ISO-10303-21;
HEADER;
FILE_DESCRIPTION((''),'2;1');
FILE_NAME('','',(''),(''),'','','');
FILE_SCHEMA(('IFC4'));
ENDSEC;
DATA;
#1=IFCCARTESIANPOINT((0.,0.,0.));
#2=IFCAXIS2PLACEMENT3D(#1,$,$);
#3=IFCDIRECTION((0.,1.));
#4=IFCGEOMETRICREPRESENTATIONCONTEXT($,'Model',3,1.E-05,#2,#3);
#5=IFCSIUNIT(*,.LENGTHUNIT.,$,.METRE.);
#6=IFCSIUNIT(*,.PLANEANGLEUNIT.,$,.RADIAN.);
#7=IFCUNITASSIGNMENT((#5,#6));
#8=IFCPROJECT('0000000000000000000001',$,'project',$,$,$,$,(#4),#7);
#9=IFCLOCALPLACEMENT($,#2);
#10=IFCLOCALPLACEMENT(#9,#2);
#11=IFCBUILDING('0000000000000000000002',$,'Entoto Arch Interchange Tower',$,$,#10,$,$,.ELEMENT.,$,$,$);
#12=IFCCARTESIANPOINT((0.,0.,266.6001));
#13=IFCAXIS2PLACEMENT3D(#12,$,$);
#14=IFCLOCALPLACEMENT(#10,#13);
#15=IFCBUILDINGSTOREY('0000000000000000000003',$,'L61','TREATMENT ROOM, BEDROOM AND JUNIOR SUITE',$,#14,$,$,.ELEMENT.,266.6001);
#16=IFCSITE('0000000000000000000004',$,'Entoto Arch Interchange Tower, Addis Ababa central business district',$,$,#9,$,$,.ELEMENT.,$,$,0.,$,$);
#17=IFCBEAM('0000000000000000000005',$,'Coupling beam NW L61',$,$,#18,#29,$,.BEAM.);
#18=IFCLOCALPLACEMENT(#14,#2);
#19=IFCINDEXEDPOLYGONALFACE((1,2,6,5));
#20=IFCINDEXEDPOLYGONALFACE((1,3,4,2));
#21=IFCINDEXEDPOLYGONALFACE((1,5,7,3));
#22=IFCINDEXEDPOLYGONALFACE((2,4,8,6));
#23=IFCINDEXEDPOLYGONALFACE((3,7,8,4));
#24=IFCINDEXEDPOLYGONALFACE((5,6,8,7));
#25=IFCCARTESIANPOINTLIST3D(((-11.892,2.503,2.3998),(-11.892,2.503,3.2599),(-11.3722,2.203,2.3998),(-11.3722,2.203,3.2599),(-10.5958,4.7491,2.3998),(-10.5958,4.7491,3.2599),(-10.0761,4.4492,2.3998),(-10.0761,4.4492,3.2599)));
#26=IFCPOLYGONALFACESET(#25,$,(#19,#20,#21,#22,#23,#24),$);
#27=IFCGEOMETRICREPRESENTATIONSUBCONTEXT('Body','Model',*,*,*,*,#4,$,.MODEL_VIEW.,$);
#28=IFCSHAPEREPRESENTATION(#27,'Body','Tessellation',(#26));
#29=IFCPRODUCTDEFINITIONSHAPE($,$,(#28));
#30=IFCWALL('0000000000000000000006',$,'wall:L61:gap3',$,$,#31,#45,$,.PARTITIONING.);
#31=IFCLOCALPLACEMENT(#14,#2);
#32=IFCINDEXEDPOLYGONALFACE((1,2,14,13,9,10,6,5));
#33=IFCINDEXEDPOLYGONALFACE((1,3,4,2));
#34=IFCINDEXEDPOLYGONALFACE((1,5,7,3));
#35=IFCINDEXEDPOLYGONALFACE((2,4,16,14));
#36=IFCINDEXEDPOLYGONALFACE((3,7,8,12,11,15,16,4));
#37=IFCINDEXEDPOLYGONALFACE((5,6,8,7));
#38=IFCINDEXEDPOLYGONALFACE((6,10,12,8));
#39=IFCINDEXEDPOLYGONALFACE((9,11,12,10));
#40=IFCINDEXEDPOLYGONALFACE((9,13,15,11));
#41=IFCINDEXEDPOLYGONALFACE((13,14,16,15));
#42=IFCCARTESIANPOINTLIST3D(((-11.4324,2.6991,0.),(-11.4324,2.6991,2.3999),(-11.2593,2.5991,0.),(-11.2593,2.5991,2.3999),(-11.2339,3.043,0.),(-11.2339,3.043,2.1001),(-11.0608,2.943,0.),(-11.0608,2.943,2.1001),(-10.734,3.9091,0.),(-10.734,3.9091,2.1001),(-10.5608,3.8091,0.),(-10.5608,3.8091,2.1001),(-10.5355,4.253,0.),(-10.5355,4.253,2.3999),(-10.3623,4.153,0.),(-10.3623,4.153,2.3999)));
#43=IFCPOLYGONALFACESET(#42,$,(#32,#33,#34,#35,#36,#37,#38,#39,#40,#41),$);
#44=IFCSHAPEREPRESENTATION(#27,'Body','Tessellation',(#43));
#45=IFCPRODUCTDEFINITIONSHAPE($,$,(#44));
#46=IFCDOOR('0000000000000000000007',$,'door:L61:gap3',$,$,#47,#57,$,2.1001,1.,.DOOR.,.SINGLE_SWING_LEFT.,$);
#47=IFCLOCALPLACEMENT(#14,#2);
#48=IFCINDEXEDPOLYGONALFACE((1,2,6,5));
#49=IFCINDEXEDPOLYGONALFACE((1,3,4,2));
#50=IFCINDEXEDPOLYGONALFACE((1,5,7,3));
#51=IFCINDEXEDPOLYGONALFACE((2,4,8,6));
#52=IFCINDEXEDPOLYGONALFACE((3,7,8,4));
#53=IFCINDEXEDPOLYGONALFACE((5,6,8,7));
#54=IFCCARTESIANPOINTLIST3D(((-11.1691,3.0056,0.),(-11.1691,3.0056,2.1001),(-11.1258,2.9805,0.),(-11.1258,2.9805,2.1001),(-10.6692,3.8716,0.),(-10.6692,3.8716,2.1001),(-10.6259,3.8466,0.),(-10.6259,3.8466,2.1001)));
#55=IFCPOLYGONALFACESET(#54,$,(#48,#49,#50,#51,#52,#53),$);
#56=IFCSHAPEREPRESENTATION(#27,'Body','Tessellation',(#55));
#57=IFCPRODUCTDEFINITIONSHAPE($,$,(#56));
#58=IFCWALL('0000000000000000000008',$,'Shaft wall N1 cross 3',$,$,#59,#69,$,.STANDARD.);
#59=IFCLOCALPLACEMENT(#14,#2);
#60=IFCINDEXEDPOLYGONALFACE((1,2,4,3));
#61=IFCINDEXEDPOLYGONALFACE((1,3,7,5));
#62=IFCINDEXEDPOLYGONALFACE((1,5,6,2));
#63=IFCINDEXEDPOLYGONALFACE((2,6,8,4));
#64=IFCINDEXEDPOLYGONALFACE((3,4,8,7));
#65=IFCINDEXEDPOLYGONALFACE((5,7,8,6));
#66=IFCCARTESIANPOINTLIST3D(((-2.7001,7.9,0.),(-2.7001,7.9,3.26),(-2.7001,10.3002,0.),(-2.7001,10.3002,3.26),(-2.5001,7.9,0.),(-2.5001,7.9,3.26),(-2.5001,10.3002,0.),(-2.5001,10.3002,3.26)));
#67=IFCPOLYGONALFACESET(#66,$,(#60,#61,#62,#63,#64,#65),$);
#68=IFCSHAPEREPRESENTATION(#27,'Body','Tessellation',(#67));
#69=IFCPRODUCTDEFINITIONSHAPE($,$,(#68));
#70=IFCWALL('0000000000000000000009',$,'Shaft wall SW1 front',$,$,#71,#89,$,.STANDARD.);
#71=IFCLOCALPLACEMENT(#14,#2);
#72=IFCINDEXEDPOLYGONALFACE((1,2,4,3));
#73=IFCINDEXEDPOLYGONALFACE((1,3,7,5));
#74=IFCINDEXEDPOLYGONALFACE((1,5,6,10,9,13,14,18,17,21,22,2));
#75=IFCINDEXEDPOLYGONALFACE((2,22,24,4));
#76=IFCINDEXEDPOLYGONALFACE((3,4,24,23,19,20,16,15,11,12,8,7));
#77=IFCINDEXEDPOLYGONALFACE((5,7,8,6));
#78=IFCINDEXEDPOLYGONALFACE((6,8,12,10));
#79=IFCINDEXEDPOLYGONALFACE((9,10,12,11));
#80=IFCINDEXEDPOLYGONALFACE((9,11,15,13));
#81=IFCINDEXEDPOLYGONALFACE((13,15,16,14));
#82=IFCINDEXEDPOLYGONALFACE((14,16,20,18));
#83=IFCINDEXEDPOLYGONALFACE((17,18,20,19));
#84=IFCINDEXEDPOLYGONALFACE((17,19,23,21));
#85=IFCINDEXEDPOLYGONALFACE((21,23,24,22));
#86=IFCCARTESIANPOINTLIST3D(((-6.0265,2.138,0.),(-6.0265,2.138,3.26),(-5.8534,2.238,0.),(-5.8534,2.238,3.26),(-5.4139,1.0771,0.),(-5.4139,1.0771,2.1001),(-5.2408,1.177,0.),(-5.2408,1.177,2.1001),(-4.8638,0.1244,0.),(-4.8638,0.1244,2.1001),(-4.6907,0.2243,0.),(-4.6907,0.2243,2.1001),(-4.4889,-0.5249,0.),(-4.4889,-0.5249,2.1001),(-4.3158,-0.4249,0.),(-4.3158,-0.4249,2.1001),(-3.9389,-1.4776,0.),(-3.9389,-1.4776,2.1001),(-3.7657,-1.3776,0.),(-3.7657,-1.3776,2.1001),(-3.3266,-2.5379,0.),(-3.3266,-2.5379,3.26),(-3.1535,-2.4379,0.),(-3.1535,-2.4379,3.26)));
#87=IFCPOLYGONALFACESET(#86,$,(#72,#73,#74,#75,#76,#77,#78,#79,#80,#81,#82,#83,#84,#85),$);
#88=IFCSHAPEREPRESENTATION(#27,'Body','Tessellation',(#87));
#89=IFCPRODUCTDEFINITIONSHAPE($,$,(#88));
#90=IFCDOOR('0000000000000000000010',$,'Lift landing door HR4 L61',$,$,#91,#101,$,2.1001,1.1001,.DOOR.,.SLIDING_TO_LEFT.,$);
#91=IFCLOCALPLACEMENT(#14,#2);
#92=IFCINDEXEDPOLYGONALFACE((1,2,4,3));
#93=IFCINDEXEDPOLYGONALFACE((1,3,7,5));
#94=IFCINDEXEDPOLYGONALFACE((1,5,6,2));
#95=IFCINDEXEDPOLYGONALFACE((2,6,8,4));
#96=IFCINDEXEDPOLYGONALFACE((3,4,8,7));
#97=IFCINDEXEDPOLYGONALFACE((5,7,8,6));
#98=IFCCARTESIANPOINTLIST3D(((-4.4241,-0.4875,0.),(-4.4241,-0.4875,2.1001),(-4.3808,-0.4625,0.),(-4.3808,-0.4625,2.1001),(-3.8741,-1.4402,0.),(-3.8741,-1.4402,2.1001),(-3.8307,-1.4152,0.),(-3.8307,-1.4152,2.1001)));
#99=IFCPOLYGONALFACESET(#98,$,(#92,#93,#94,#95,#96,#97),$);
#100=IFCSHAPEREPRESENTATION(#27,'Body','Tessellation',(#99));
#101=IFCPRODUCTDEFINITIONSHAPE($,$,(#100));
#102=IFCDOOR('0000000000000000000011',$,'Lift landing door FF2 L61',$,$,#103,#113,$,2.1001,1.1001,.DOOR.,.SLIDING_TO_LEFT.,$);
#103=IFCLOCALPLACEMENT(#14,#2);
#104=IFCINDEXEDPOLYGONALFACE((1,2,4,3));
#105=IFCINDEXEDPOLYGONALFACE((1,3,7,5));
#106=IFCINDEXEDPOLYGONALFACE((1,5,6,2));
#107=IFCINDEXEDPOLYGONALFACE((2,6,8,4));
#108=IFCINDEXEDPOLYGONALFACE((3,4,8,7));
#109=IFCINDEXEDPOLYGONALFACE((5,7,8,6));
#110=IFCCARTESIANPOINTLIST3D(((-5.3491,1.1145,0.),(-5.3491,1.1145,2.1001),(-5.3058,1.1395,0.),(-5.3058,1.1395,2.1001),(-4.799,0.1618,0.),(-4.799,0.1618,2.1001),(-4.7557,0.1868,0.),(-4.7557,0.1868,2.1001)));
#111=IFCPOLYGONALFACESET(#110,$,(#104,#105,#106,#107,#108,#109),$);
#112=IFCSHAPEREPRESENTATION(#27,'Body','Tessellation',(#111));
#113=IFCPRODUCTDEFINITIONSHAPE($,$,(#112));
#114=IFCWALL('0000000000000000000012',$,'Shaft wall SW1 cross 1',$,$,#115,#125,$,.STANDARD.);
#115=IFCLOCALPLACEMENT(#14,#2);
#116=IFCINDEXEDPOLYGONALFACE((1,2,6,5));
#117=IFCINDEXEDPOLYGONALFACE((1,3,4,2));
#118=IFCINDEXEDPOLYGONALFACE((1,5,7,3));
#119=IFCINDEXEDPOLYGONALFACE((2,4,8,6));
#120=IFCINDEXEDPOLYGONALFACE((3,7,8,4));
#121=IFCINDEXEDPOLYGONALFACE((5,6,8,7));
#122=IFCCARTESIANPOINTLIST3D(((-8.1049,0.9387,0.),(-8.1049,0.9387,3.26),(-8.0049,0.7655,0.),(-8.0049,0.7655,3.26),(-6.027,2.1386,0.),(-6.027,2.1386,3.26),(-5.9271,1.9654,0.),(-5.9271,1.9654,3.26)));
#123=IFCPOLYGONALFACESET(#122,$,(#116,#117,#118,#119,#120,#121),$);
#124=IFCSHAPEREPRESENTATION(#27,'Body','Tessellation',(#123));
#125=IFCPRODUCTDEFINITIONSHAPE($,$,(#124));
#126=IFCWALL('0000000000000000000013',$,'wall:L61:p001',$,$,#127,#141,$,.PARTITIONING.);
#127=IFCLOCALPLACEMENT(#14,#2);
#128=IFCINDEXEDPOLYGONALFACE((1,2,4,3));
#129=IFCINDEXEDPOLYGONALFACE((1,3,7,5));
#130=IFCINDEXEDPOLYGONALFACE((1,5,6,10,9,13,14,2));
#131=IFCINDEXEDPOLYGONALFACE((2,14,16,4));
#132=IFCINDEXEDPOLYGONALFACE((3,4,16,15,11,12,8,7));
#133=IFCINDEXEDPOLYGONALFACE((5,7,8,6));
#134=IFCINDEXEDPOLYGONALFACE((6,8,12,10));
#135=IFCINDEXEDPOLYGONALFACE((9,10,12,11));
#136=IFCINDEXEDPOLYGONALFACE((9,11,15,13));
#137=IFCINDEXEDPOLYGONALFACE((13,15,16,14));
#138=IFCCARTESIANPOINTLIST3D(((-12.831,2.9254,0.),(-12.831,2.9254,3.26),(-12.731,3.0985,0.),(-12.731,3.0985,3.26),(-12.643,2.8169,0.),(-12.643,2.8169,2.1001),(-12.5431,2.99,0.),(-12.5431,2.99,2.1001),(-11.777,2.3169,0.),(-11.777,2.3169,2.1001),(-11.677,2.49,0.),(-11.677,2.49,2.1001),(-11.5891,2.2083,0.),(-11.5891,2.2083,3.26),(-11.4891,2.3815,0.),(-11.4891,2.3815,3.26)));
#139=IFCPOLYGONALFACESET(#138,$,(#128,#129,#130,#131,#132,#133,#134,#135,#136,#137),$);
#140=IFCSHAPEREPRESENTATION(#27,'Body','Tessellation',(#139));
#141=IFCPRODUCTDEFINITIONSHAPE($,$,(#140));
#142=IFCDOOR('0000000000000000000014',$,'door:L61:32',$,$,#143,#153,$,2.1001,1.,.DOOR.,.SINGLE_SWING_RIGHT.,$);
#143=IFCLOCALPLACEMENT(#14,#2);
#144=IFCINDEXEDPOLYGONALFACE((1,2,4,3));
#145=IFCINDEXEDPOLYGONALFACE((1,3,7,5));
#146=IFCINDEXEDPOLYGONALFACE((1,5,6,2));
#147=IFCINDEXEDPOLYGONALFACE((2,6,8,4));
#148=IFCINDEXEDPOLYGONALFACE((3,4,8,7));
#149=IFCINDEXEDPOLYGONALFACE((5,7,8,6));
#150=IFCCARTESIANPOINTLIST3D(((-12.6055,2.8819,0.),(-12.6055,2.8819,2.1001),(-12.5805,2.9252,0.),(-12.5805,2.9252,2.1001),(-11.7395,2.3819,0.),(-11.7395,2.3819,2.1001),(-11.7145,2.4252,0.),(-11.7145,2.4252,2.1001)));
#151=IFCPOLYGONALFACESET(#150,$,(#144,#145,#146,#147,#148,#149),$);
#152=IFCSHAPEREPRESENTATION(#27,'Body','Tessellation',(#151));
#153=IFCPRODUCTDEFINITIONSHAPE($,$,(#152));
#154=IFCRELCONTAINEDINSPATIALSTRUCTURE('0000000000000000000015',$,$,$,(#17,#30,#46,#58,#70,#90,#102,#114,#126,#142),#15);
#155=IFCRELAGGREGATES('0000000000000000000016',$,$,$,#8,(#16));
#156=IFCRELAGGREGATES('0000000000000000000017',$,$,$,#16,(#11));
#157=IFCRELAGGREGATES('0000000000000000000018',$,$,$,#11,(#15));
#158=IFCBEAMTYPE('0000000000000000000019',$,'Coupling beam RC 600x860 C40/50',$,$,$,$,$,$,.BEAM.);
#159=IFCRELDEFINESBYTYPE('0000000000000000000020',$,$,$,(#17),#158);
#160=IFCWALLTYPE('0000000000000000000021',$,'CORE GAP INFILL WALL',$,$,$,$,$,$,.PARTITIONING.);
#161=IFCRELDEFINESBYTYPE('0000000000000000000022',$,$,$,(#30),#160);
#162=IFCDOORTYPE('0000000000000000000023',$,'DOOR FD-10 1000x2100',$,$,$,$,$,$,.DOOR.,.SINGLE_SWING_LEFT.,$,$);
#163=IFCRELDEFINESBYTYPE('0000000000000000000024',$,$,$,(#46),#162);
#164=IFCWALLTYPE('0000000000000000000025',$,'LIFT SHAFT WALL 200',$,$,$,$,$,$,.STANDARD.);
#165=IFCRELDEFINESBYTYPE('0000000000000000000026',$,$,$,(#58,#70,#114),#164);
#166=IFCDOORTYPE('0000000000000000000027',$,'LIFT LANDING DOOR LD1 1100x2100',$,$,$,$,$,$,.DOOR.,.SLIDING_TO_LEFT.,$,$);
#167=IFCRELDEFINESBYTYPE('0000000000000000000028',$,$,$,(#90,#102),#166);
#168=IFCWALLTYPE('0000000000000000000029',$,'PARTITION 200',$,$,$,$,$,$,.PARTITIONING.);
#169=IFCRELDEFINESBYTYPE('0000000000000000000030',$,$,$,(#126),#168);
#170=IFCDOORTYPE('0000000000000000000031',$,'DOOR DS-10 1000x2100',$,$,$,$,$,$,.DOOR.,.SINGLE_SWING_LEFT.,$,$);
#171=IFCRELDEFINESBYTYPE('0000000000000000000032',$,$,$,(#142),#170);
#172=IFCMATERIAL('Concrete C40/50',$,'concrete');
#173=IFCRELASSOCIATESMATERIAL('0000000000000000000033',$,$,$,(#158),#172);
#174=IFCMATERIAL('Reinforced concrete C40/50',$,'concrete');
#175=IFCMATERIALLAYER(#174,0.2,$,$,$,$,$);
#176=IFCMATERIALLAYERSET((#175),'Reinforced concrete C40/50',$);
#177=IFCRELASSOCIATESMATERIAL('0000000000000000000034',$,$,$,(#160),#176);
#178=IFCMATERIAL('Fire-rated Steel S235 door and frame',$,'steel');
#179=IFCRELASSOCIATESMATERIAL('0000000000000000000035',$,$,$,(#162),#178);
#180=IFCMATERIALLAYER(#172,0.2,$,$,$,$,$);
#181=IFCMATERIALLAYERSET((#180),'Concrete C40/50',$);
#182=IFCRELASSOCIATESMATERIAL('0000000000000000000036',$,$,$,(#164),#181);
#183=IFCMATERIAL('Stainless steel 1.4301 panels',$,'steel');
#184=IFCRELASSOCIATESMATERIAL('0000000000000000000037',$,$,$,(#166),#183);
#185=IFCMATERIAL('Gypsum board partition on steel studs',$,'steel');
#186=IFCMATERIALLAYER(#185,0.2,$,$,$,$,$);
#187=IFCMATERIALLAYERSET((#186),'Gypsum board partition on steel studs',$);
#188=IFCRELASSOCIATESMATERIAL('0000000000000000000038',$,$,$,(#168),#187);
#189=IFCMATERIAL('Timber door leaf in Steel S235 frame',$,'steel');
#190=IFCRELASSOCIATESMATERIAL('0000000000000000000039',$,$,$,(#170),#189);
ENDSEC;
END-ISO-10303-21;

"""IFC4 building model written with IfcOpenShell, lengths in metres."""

from ifc_helpers import new_model, si_unit, direction, frame, frame_2d, origin, origin_2d, place, context, subcontext, project, spatial, rectangle, extrude, material, layer, layer_set, material_profile, profile_set, type_object, element, fill, save


model = new_model("IFC4")

# Units and contexts
model_context = context("Model", 3, precision=1e-05, world=origin(), true_north=direction((0.0, 1.0)))
body_context = subcontext(model_context, "Body", "Model", "MODEL_VIEW")
ifc_project = project(units=[si_unit("LENGTHUNIT", "METRE"), si_unit("PLANEANGLEUNIT", "RADIAN")], contexts=[model_context])

# Site, building, storey
site_placement = place(None, origin())
site = spatial("IfcSite", under=ifc_project, at=site_placement, Name="Entoto Arch Interchange Tower, Addis Ababa central business district", CompositionType="ELEMENT", RefElevation=0.0)
building_placement = place(site_placement, origin())
building = spatial("IfcBuilding", under=site, at=building_placement, Name="Entoto Arch Interchange Tower", CompositionType="ELEMENT")
storey_placement = place(building_placement, frame((0.0, 0.0, 266.6001)))
storey = spatial("IfcBuildingStorey", under=building, at=storey_placement, Name="L61", Description="TREATMENT ROOM, BEDROOM AND JUNIOR SUITE", CompositionType="ELEMENT", Elevation=266.6001)

# Beam
ifc_material_1 = material(Name="Concrete C40/50", Category="concrete")
ifc_material_profile = material_profile(ifc_material_1, rectangle(XDim=0.6001, YDim=0.8601, at=origin_2d()))
ifc_profile_set = profile_set([ifc_material_profile], Name="Concrete C40/50")
beam_type = type_object("IfcBeamType", Name="Coupling beam RC 600x860 C40/50", PredefinedType="BEAM", material=ifc_profile_set)
beam_placement = place(storey_placement, frame((-10.3359, 4.5991, 2.8298), z_axis=(-0.499815, -0.866132, 0.0), x_axis=(0.866132, -0.499815, 0.0)))
element("IfcBeam", 1, at=beam_placement, inside=storey, type_object=beam_type, Name="Coupling beam NW L61", PredefinedType="BEAM", context=body_context, shape_type="SweptSolid", body=[
    extrude(rectangle(XDim=0.6001, YDim=0.8601, at=origin_2d()), origin(), (0.0, 0.0, 1.0), 2.5933),
])

# Wall, opening, door
ifc_material_2 = material(Name="Reinforced concrete C40/50", Category="concrete")
ifc_layer_1 = layer(ifc_material_2, 0.2)
ifc_layer_set_1 = layer_set([ifc_layer_1], Name="Reinforced concrete C40/50")
wall_type_1 = type_object("IfcWallType", Name="CORE GAP INFILL WALL", PredefinedType="PARTITIONING", material=ifc_layer_set_1)
wall_1_placement = place(storey_placement, frame((-10.449, 4.2029, 0.0), z_axis=(0.0, 0.0, 1.0), x_axis=(-0.499915, -0.866075, 0.0)))
wall_1 = element("IfcWall", 2, at=wall_1_placement, inside=storey, type_object=wall_type_1, Name="wall:L61:gap3", PredefinedType="PARTITIONING", context=body_context, shape_type="SweptSolid", body=[
    extrude(rectangle(XDim=1.7942, YDim=0.2, at=frame_2d((0.897, 0.0))), origin(), (0.0, 0.0, 1.0), 2.3999),
])
opening_1_placement = place(wall_1_placement, frame((0.397, 0.0, 0.0)))
opening_1 = element("IfcOpeningElement", 3, at=opening_1_placement, cuts=wall_1, PredefinedType="OPENING", context=body_context, shape_type="SweptSolid", body=[
    extrude(rectangle(XDim=1.0, YDim=2.1001, at=frame_2d((0.5, 1.05))), frame((0.0, 0.1099, 0.0), z_axis=(0.0, -1.0, 0.0), x_axis=(1.0, 0.0, 0.0)), (0.0, 0.0, 1.0), 0.22),
])
ifc_material_3 = material(Name="Fire-rated Steel S235 door and frame", Category="steel")
door_type_1 = type_object("IfcDoorType", Name="DOOR FD-10 1000x2100", OperationType="SINGLE_SWING_LEFT", PredefinedType="DOOR", material=ifc_material_3)
door_1_placement = place(opening_1_placement, origin())
door_1 = element("IfcDoor", 4, at=door_1_placement, inside=storey, type_object=door_type_1, Name="door:L61:gap3", OperationType="SINGLE_SWING_LEFT", OverallHeight=2.1001, OverallWidth=1.0, PredefinedType="DOOR", context=body_context, shape_type="SweptSolid", body=[
    extrude(rectangle(XDim=1.0, YDim=2.1001, at=frame_2d((0.5, 1.05))), frame((0.0, 0.0249, 0.0), z_axis=(0.0, -1.0, 0.0), x_axis=(1.0, 0.0, 0.0)), (0.0, 0.0, 1.0), 0.05),
])
fill(opening_1, door_1)

# Wall
ifc_layer_2 = layer(ifc_material_1, 0.2)
ifc_layer_set_2 = layer_set([ifc_layer_2], Name="Concrete C40/50")
wall_type_2 = type_object("IfcWallType", Name="LIFT SHAFT WALL 200", PredefinedType="STANDARD", material=ifc_layer_set_2)
wall_2_placement = place(storey_placement, frame((-2.6001, 7.8999, 0.0), z_axis=(0.0, 0.0, 1.0), x_axis=(0.0, 1.0, 0.0)))
element("IfcWall", 5, at=wall_2_placement, inside=storey, type_object=wall_type_2, Name="Shaft wall N1 cross 3", PredefinedType="STANDARD", context=body_context, shape_type="SweptSolid", body=[
    extrude(rectangle(XDim=2.4001, YDim=0.2, at=frame_2d((1.2002, 0.0))), origin(), (0.0, 0.0, 1.0), 3.26),
])

# Wall, openings, doors
wall_3_placement = place(storey_placement, frame((-5.9399, 2.188, 0.0), z_axis=(0.0, 0.0, 1.0), x_axis=(0.500034, -0.866006, 0.0)))
wall_3 = element("IfcWall", 6, at=wall_3_placement, inside=storey, type_object=wall_type_2, Name="Shaft wall SW1 front", PredefinedType="STANDARD", context=body_context, shape_type="SweptSolid", body=[
    extrude(rectangle(XDim=5.3994, YDim=0.2, at=frame_2d((2.6997, 0.0))), origin(), (0.0, 0.0, 1.0), 3.26),
])
opening_2_placement = place(wall_3_placement, frame((3.075, 0.0, 0.0)))
opening_2 = element("IfcOpeningElement", 7, at=opening_2_placement, cuts=wall_3, PredefinedType="OPENING", context=body_context, shape_type="SweptSolid", body=[
    extrude(rectangle(XDim=1.1001, YDim=2.1001, at=frame_2d((0.55, 1.05))), frame((0.0, 0.1099, 0.0), z_axis=(0.0, -1.0, 0.0), x_axis=(1.0, 0.0, 0.0)), (0.0, 0.0, 1.0), 0.22),
])
opening_3_placement = place(wall_3_placement, frame((1.2251, 0.0, 0.0)))
opening_3 = element("IfcOpeningElement", 8, at=opening_3_placement, cuts=wall_3, PredefinedType="OPENING", context=body_context, shape_type="SweptSolid", body=[
    extrude(rectangle(XDim=1.1001, YDim=2.1001, at=frame_2d((0.55, 1.05))), frame((0.0, 0.1099, 0.0), z_axis=(0.0, -1.0, 0.0), x_axis=(1.0, 0.0, 0.0)), (0.0, 0.0, 1.0), 0.22),
])
ifc_material_4 = material(Name="Stainless steel 1.4301 panels", Category="steel")
door_type_2 = type_object("IfcDoorType", Name="LIFT LANDING DOOR LD1 1100x2100", OperationType="SLIDING_TO_LEFT", PredefinedType="DOOR", material=ifc_material_4)
door_2_placement = place(opening_2_placement, origin())
door_2 = element("IfcDoor", 9, at=door_2_placement, inside=storey, type_object=door_type_2, Name="Lift landing door HR4 L61", OperationType="SLIDING_TO_LEFT", OverallHeight=2.1001, OverallWidth=1.1001, PredefinedType="DOOR", context=body_context, shape_type="SweptSolid", body=[
    extrude(rectangle(XDim=1.1001, YDim=2.1001, at=frame_2d((0.55, 1.05))), frame((0.0, 0.0249, 0.0), z_axis=(0.0, -1.0, 0.0), x_axis=(1.0, 0.0, 0.0)), (0.0, 0.0, 1.0), 0.05),
])
fill(opening_2, door_2)
door_3_placement = place(opening_3_placement, origin())
door_3 = element("IfcDoor", 10, at=door_3_placement, inside=storey, type_object=door_type_2, Name="Lift landing door FF2 L61", OperationType="SLIDING_TO_LEFT", OverallHeight=2.1001, OverallWidth=1.1001, PredefinedType="DOOR", context=body_context, shape_type="SweptSolid", body=[
    extrude(rectangle(XDim=1.1001, YDim=2.1001, at=frame_2d((0.55, 1.05))), frame((0.0, 0.0249, 0.0), z_axis=(0.0, -1.0, 0.0), x_axis=(1.0, 0.0, 0.0)), (0.0, 0.0, 1.0), 0.05),
])
fill(opening_3, door_3)

# Wall
wall_4_placement = place(storey_placement, frame((-5.9771, 2.052, 0.0), z_axis=(0.0, 0.0, 1.0), x_axis=(-0.865974, -0.500089, 0.0)))
element("IfcWall", 11, at=wall_4_placement, inside=storey, type_object=wall_type_2, Name="Shaft wall SW1 cross 1", PredefinedType="STANDARD", context=body_context, shape_type="SweptSolid", body=[
    extrude(rectangle(XDim=2.3994, YDim=0.2, at=frame_2d((1.1997, 0.0))), origin(), (0.0, 0.0, 1.0), 3.26),
])

# Wall, opening, door
ifc_material_5 = material(Name="Gypsum board partition on steel studs", Category="steel")
ifc_layer_3 = layer(ifc_material_5, 0.2)
ifc_layer_set_3 = layer_set([ifc_layer_3], Name="Gypsum board partition on steel studs")
wall_type_3 = type_object("IfcWallType", Name="PARTITION 200", PredefinedType="PARTITIONING", material=ifc_layer_set_3)
wall_5_placement = place(storey_placement, frame((-11.5391, 2.2949, 0.0), z_axis=(0.0, 0.0, 1.0), x_axis=(-0.866024, 0.500002, 0.0)))
wall_5 = element("IfcWall", 12, at=wall_5_placement, inside=storey, type_object=wall_type_3, Name="wall:L61:p001", PredefinedType="PARTITIONING", context=body_context, shape_type="SweptSolid", body=[
    extrude(rectangle(XDim=1.4341, YDim=0.2, at=frame_2d((0.717, 0.0))), origin(), (0.0, 0.0, 1.0), 3.26),
])
opening_4_placement = place(wall_5_placement, frame((0.217, 0.0, 0.0)))
opening_4 = element("IfcOpeningElement", 13, at=opening_4_placement, cuts=wall_5, PredefinedType="OPENING", context=body_context, shape_type="SweptSolid", body=[
    extrude(rectangle(XDim=1.0, YDim=2.1001, at=frame_2d((0.5, 1.05))), frame((0.0, 0.1099, 0.0), z_axis=(0.0, -1.0, 0.0), x_axis=(1.0, 0.0, 0.0)), (0.0, 0.0, 1.0), 0.22),
])
ifc_material_6 = material(Name="Timber door leaf in Steel S235 frame", Category="steel")
door_type_3 = type_object("IfcDoorType", Name="DOOR DS-10 1000x2100", OperationType="SINGLE_SWING_LEFT", PredefinedType="DOOR", material=ifc_material_6)
door_4_placement = place(opening_4_placement, origin())
door_4 = element("IfcDoor", 14, at=door_4_placement, inside=storey, type_object=door_type_3, Name="door:L61:32", OperationType="SINGLE_SWING_RIGHT", OverallHeight=2.1001, OverallWidth=1.0, PredefinedType="DOOR", context=body_context, shape_type="SweptSolid", body=[
    extrude(rectangle(XDim=1.0, YDim=2.1001, at=frame_2d((0.5, 1.05))), frame((0.0, 0.0249, 0.0), z_axis=(0.0, -1.0, 0.0), x_axis=(1.0, 0.0, 0.0)), (0.0, 0.0, 1.0), 0.05),
])
fill(opening_4, door_4)

save(model, "model.ifc")
